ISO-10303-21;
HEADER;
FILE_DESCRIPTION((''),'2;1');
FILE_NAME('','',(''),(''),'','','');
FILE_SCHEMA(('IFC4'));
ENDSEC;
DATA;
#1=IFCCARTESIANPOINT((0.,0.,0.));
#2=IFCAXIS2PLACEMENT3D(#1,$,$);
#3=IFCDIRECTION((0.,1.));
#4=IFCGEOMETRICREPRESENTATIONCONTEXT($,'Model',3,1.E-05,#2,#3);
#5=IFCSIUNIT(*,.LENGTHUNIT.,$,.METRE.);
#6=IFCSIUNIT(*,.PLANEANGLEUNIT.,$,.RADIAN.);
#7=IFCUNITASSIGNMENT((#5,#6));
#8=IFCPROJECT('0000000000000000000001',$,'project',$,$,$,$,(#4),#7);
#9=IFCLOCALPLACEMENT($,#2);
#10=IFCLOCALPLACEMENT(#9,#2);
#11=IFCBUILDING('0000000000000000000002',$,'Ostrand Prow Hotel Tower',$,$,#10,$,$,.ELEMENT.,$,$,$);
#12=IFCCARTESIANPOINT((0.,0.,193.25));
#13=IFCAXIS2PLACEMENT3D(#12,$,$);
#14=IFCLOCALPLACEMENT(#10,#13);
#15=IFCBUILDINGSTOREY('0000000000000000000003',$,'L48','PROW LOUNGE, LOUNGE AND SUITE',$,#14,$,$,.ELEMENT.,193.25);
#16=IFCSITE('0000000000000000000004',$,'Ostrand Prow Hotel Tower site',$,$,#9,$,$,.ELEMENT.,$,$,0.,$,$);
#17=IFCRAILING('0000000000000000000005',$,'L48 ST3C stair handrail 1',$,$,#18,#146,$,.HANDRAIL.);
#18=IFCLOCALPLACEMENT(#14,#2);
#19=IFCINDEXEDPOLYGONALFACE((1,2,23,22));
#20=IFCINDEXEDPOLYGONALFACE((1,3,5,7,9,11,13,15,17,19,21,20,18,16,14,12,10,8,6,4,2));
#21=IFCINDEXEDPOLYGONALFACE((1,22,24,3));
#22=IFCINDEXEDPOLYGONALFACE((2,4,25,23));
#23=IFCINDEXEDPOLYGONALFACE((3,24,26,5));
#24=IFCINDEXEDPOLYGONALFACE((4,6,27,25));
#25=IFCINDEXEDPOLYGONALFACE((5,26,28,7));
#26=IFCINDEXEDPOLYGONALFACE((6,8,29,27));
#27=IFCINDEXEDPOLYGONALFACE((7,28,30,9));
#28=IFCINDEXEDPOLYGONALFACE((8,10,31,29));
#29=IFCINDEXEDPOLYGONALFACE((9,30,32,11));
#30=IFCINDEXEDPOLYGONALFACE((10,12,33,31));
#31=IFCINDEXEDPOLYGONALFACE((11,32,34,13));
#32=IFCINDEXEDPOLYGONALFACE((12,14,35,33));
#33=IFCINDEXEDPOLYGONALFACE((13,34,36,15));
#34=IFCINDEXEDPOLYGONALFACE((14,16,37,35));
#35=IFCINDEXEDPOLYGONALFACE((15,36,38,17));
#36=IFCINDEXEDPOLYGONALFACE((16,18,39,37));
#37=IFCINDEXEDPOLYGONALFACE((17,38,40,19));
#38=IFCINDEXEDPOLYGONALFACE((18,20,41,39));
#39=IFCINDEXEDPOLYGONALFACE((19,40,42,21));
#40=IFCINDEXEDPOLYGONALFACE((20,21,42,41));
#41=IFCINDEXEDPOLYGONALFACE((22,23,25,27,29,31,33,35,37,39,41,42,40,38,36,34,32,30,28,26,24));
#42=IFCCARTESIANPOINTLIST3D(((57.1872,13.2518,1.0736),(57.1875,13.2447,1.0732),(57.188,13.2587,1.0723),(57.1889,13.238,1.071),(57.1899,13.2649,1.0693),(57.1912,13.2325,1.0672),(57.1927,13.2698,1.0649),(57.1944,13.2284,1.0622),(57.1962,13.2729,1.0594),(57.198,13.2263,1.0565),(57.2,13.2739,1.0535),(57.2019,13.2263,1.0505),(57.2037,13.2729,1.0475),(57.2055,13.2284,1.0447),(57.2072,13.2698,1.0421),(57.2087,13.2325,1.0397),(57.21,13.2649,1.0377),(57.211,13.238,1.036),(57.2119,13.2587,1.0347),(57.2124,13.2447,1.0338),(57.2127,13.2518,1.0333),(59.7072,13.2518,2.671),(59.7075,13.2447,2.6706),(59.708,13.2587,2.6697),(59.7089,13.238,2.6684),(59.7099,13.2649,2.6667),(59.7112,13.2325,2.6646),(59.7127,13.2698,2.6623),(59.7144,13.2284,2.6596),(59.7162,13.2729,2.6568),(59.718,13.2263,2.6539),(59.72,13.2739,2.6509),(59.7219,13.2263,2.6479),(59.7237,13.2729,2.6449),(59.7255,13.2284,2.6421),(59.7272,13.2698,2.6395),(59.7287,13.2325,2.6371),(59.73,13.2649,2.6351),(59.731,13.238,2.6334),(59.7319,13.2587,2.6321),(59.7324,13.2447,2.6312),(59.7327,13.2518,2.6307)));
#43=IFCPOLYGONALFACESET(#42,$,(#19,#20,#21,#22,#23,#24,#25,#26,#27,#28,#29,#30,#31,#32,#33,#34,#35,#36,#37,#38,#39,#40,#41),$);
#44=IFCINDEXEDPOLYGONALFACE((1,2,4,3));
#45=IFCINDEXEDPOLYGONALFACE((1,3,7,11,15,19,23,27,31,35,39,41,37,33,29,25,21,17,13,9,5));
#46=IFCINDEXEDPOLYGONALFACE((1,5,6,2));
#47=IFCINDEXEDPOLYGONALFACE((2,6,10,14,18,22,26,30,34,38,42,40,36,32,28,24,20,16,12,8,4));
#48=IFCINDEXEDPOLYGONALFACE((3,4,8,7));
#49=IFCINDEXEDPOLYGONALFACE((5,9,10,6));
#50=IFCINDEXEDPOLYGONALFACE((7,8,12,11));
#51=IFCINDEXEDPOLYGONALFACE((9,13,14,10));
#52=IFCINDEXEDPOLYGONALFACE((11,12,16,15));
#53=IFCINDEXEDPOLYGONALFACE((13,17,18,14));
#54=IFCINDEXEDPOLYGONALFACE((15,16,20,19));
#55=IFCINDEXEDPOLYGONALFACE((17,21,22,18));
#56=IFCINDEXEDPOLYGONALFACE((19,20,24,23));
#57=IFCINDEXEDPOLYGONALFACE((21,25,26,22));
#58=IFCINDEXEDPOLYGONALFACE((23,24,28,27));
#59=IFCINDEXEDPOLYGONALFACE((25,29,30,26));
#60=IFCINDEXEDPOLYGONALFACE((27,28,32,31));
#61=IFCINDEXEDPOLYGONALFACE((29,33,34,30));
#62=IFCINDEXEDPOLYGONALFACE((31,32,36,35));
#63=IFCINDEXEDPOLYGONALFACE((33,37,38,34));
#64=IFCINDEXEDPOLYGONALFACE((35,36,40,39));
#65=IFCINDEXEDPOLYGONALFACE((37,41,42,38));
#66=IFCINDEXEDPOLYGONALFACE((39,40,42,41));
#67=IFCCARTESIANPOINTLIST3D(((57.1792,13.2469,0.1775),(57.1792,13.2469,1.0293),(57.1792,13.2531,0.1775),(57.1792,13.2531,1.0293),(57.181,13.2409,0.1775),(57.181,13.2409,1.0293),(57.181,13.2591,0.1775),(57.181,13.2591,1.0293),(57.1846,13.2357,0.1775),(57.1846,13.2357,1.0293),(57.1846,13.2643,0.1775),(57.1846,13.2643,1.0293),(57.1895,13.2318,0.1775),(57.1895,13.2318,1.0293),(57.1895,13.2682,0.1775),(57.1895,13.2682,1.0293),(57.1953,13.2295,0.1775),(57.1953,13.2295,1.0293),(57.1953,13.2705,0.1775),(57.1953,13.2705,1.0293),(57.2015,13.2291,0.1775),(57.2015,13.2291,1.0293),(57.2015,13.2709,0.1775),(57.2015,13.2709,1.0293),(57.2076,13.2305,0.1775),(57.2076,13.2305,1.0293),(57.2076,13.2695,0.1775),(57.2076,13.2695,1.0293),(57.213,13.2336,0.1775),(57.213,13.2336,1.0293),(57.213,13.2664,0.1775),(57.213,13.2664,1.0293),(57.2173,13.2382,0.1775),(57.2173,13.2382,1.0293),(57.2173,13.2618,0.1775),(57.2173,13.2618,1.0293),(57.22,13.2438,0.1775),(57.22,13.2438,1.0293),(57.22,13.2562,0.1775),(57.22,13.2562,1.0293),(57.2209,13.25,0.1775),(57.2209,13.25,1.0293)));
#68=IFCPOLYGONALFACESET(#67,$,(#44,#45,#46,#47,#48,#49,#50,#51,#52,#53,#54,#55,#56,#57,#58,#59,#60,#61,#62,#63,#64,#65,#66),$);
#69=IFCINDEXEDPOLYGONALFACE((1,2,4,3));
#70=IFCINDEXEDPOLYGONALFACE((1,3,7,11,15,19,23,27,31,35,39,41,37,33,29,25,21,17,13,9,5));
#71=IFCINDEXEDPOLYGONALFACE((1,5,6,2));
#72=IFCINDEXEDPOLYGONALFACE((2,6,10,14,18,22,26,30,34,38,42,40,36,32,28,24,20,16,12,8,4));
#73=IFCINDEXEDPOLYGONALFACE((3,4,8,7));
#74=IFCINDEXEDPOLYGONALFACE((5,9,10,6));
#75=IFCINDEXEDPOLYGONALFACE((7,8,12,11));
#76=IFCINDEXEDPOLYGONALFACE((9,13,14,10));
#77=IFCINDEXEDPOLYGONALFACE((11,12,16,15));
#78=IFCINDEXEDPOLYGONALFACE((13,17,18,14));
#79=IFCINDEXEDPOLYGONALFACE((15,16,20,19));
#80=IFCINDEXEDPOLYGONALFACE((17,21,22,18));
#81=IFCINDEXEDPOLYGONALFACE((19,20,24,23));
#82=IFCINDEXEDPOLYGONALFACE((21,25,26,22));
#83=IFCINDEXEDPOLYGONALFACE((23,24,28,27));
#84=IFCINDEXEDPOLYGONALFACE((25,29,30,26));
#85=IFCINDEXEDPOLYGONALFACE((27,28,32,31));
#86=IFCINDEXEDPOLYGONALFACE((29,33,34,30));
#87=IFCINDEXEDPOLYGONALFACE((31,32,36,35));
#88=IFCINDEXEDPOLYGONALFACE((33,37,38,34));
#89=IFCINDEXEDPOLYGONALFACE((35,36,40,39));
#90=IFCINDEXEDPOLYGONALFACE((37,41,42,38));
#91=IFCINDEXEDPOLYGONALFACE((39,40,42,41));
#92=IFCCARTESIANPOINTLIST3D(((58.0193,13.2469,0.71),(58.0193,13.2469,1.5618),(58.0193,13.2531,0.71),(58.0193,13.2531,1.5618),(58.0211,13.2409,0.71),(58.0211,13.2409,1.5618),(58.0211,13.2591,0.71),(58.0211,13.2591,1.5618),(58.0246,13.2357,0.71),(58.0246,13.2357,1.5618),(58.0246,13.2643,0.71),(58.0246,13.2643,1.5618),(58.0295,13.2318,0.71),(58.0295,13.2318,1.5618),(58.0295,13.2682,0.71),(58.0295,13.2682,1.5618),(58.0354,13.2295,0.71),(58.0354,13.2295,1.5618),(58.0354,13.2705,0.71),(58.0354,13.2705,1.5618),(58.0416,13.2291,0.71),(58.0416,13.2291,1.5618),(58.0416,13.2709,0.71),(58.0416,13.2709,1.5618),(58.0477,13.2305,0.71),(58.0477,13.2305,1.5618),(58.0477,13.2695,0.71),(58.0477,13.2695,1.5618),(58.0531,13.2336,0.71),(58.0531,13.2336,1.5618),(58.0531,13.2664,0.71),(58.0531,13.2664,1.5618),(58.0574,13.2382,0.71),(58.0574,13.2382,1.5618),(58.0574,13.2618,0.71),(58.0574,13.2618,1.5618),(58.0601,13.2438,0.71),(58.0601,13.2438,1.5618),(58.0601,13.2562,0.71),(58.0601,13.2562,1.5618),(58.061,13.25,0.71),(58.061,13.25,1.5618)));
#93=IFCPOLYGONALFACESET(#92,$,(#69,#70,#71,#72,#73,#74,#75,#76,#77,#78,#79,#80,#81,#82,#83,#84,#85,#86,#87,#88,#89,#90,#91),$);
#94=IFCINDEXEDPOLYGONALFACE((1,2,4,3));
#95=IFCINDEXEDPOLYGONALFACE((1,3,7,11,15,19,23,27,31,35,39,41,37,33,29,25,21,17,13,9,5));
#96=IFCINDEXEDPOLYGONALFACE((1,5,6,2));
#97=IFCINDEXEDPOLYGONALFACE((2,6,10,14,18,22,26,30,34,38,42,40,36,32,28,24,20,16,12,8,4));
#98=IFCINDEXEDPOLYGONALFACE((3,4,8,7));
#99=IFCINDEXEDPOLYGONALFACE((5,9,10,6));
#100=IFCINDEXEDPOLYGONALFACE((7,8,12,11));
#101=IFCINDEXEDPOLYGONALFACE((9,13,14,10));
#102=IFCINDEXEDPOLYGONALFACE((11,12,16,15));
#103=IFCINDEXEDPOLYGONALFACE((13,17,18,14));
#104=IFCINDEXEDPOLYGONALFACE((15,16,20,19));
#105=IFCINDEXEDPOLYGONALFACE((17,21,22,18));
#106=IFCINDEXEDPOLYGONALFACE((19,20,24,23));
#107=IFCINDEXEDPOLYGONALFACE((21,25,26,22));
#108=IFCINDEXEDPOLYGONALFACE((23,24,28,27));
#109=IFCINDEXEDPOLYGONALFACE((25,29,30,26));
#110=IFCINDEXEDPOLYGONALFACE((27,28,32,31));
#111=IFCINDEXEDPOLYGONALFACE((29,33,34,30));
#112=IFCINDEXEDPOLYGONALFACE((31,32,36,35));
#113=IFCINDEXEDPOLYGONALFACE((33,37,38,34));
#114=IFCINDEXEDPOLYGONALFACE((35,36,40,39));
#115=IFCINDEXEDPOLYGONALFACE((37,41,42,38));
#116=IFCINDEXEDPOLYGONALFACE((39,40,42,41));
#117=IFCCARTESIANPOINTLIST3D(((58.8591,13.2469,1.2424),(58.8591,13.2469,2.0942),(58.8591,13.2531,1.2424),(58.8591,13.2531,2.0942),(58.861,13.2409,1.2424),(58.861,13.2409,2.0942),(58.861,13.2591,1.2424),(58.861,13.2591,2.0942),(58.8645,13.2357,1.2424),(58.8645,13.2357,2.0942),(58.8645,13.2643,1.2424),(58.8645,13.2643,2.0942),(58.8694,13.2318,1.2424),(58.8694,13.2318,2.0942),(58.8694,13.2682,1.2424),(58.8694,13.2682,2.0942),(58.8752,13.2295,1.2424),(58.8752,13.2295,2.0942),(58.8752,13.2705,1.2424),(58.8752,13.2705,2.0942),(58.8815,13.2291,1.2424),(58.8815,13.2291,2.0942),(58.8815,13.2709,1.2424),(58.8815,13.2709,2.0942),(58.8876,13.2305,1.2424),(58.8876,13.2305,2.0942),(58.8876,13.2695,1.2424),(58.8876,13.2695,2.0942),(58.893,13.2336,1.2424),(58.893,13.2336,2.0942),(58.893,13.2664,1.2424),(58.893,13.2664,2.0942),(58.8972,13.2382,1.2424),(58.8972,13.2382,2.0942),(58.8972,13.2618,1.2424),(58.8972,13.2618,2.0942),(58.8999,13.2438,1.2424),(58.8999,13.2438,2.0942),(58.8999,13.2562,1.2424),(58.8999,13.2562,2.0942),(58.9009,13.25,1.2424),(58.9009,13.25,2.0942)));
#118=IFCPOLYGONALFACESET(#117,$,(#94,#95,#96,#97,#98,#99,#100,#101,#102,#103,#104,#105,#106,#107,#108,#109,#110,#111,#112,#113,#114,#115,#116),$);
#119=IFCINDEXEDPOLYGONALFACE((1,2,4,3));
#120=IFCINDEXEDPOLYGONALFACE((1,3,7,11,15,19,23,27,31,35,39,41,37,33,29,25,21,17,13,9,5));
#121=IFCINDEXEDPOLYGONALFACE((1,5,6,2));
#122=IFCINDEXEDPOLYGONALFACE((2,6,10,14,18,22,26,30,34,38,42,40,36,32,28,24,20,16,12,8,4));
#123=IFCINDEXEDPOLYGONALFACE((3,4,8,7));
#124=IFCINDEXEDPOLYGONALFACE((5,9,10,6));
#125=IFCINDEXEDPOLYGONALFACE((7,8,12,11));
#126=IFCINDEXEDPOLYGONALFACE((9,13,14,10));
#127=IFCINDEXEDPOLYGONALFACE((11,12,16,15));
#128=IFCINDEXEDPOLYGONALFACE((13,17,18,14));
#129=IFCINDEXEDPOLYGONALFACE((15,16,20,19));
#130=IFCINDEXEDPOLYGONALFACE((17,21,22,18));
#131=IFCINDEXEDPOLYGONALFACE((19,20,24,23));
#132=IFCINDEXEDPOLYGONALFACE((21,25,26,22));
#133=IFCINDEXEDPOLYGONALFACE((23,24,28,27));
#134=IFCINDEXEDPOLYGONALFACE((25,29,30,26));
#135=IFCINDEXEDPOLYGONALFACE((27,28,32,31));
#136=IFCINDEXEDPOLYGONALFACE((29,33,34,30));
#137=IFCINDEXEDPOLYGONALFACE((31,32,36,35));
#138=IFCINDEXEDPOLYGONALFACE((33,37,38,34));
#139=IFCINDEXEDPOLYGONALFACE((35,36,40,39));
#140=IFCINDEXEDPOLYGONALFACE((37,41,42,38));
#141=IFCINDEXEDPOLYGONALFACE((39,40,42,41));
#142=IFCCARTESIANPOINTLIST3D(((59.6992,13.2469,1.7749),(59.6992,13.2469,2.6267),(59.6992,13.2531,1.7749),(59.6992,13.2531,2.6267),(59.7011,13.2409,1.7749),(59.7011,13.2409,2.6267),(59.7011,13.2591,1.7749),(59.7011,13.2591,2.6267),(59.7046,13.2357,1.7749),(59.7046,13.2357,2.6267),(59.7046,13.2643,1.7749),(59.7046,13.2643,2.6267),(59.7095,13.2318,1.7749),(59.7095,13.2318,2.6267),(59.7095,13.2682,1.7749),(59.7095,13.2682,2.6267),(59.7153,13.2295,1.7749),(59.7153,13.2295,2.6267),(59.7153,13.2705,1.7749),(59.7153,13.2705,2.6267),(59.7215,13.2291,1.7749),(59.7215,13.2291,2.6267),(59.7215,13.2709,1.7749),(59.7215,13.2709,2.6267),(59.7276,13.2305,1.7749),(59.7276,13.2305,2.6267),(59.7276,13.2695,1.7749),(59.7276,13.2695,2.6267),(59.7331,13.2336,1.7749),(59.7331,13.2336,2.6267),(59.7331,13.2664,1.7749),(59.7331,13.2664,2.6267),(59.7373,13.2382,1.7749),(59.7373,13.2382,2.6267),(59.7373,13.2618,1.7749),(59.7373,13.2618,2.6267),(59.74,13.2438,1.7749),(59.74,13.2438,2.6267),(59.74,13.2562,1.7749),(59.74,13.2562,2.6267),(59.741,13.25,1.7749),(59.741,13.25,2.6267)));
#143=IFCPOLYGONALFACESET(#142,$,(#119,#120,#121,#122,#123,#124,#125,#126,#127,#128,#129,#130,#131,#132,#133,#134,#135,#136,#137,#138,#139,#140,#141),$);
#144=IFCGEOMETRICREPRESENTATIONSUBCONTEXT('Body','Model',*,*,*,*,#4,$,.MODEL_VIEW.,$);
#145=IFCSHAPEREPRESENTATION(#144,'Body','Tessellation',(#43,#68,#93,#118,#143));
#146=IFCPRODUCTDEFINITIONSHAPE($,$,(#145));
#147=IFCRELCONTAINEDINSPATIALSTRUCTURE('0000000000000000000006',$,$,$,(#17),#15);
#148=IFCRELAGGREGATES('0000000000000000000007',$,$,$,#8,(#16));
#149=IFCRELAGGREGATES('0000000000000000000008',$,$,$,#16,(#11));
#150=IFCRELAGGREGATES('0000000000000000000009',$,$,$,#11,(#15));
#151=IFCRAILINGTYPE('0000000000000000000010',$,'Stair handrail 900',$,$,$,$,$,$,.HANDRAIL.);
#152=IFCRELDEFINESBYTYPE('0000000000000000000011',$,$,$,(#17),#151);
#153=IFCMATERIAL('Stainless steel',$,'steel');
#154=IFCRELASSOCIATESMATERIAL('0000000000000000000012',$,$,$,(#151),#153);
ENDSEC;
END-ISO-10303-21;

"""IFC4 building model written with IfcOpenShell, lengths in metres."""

from ifc_helpers import new_model, si_unit, direction, frame, origin, origin_2d, place, context, subcontext, project, spatial, circle, extrude, material, type_object, element, save


model = new_model("IFC4")

# Units and contexts
model_context = context("Model", 3, precision=1e-05, world=origin(), true_north=direction((0.0, 1.0)))
body_context = subcontext(model_context, "Body", "Model", "MODEL_VIEW")
ifc_project = project(units=[si_unit("LENGTHUNIT", "METRE"), si_unit("PLANEANGLEUNIT", "RADIAN")], contexts=[model_context])

# Site, building, storey
site_placement = place(None, origin())
site = spatial("IfcSite", under=ifc_project, at=site_placement, Name="Ostrand Prow Hotel Tower site", CompositionType="ELEMENT", RefElevation=0.0)
building_placement = place(site_placement, origin())
building = spatial("IfcBuilding", under=site, at=building_placement, Name="Ostrand Prow Hotel Tower", CompositionType="ELEMENT")
storey_placement = place(building_placement, frame((0.0, 0.0, 193.25)))
storey = spatial("IfcBuildingStorey", under=building, at=storey_placement, Name="L48", Description="PROW LOUNGE, LOUNGE AND SUITE", CompositionType="ELEMENT", Elevation=193.25)

# Railing
ifc_material_1 = material(Name="Stainless steel", Category="steel")
railing_type_1 = type_object("IfcRailingType", Name="Stair handrail 900", PredefinedType="HANDRAIL", material=ifc_material_1)
railing_1_placement = place(storey_placement, frame((57.2, 13.25, 0.1775)))
element("IfcRailing", 1, at=railing_1_placement, inside=storey, type_object=railing_type_1, Name="L48 ST3C stair handrail 1", PredefinedType="HANDRAIL", context=body_context, shape_type="SweptSolid", body=[
    extrude(circle(Radius=0.0239, at=origin_2d()), frame((0.0, 0.0, 0.876), z_axis=(0.844607, 0.0, 0.535387), x_axis=(0.0, 1.0, 0.0)), (0.0, 0.0, 1.0), 2.9836),
    extrude(circle(Radius=0.021, at=origin_2d()), origin(), (0.0, 0.0, 1.0), 0.8518),
    extrude(circle(Radius=0.021, at=origin_2d()), frame((0.8401, 0.0, 0.5325)), (0.0, 0.0, 1.0), 0.8518),
    extrude(circle(Radius=0.021, at=origin_2d()), frame((1.6799, 0.0, 1.0649)), (0.0, 0.0, 1.0), 0.8518),
    extrude(circle(Radius=0.021, at=origin_2d()), frame((2.52, 0.0, 1.5974)), (0.0, 0.0, 1.0), 0.8518),
])

save(model, "model.ifc")
